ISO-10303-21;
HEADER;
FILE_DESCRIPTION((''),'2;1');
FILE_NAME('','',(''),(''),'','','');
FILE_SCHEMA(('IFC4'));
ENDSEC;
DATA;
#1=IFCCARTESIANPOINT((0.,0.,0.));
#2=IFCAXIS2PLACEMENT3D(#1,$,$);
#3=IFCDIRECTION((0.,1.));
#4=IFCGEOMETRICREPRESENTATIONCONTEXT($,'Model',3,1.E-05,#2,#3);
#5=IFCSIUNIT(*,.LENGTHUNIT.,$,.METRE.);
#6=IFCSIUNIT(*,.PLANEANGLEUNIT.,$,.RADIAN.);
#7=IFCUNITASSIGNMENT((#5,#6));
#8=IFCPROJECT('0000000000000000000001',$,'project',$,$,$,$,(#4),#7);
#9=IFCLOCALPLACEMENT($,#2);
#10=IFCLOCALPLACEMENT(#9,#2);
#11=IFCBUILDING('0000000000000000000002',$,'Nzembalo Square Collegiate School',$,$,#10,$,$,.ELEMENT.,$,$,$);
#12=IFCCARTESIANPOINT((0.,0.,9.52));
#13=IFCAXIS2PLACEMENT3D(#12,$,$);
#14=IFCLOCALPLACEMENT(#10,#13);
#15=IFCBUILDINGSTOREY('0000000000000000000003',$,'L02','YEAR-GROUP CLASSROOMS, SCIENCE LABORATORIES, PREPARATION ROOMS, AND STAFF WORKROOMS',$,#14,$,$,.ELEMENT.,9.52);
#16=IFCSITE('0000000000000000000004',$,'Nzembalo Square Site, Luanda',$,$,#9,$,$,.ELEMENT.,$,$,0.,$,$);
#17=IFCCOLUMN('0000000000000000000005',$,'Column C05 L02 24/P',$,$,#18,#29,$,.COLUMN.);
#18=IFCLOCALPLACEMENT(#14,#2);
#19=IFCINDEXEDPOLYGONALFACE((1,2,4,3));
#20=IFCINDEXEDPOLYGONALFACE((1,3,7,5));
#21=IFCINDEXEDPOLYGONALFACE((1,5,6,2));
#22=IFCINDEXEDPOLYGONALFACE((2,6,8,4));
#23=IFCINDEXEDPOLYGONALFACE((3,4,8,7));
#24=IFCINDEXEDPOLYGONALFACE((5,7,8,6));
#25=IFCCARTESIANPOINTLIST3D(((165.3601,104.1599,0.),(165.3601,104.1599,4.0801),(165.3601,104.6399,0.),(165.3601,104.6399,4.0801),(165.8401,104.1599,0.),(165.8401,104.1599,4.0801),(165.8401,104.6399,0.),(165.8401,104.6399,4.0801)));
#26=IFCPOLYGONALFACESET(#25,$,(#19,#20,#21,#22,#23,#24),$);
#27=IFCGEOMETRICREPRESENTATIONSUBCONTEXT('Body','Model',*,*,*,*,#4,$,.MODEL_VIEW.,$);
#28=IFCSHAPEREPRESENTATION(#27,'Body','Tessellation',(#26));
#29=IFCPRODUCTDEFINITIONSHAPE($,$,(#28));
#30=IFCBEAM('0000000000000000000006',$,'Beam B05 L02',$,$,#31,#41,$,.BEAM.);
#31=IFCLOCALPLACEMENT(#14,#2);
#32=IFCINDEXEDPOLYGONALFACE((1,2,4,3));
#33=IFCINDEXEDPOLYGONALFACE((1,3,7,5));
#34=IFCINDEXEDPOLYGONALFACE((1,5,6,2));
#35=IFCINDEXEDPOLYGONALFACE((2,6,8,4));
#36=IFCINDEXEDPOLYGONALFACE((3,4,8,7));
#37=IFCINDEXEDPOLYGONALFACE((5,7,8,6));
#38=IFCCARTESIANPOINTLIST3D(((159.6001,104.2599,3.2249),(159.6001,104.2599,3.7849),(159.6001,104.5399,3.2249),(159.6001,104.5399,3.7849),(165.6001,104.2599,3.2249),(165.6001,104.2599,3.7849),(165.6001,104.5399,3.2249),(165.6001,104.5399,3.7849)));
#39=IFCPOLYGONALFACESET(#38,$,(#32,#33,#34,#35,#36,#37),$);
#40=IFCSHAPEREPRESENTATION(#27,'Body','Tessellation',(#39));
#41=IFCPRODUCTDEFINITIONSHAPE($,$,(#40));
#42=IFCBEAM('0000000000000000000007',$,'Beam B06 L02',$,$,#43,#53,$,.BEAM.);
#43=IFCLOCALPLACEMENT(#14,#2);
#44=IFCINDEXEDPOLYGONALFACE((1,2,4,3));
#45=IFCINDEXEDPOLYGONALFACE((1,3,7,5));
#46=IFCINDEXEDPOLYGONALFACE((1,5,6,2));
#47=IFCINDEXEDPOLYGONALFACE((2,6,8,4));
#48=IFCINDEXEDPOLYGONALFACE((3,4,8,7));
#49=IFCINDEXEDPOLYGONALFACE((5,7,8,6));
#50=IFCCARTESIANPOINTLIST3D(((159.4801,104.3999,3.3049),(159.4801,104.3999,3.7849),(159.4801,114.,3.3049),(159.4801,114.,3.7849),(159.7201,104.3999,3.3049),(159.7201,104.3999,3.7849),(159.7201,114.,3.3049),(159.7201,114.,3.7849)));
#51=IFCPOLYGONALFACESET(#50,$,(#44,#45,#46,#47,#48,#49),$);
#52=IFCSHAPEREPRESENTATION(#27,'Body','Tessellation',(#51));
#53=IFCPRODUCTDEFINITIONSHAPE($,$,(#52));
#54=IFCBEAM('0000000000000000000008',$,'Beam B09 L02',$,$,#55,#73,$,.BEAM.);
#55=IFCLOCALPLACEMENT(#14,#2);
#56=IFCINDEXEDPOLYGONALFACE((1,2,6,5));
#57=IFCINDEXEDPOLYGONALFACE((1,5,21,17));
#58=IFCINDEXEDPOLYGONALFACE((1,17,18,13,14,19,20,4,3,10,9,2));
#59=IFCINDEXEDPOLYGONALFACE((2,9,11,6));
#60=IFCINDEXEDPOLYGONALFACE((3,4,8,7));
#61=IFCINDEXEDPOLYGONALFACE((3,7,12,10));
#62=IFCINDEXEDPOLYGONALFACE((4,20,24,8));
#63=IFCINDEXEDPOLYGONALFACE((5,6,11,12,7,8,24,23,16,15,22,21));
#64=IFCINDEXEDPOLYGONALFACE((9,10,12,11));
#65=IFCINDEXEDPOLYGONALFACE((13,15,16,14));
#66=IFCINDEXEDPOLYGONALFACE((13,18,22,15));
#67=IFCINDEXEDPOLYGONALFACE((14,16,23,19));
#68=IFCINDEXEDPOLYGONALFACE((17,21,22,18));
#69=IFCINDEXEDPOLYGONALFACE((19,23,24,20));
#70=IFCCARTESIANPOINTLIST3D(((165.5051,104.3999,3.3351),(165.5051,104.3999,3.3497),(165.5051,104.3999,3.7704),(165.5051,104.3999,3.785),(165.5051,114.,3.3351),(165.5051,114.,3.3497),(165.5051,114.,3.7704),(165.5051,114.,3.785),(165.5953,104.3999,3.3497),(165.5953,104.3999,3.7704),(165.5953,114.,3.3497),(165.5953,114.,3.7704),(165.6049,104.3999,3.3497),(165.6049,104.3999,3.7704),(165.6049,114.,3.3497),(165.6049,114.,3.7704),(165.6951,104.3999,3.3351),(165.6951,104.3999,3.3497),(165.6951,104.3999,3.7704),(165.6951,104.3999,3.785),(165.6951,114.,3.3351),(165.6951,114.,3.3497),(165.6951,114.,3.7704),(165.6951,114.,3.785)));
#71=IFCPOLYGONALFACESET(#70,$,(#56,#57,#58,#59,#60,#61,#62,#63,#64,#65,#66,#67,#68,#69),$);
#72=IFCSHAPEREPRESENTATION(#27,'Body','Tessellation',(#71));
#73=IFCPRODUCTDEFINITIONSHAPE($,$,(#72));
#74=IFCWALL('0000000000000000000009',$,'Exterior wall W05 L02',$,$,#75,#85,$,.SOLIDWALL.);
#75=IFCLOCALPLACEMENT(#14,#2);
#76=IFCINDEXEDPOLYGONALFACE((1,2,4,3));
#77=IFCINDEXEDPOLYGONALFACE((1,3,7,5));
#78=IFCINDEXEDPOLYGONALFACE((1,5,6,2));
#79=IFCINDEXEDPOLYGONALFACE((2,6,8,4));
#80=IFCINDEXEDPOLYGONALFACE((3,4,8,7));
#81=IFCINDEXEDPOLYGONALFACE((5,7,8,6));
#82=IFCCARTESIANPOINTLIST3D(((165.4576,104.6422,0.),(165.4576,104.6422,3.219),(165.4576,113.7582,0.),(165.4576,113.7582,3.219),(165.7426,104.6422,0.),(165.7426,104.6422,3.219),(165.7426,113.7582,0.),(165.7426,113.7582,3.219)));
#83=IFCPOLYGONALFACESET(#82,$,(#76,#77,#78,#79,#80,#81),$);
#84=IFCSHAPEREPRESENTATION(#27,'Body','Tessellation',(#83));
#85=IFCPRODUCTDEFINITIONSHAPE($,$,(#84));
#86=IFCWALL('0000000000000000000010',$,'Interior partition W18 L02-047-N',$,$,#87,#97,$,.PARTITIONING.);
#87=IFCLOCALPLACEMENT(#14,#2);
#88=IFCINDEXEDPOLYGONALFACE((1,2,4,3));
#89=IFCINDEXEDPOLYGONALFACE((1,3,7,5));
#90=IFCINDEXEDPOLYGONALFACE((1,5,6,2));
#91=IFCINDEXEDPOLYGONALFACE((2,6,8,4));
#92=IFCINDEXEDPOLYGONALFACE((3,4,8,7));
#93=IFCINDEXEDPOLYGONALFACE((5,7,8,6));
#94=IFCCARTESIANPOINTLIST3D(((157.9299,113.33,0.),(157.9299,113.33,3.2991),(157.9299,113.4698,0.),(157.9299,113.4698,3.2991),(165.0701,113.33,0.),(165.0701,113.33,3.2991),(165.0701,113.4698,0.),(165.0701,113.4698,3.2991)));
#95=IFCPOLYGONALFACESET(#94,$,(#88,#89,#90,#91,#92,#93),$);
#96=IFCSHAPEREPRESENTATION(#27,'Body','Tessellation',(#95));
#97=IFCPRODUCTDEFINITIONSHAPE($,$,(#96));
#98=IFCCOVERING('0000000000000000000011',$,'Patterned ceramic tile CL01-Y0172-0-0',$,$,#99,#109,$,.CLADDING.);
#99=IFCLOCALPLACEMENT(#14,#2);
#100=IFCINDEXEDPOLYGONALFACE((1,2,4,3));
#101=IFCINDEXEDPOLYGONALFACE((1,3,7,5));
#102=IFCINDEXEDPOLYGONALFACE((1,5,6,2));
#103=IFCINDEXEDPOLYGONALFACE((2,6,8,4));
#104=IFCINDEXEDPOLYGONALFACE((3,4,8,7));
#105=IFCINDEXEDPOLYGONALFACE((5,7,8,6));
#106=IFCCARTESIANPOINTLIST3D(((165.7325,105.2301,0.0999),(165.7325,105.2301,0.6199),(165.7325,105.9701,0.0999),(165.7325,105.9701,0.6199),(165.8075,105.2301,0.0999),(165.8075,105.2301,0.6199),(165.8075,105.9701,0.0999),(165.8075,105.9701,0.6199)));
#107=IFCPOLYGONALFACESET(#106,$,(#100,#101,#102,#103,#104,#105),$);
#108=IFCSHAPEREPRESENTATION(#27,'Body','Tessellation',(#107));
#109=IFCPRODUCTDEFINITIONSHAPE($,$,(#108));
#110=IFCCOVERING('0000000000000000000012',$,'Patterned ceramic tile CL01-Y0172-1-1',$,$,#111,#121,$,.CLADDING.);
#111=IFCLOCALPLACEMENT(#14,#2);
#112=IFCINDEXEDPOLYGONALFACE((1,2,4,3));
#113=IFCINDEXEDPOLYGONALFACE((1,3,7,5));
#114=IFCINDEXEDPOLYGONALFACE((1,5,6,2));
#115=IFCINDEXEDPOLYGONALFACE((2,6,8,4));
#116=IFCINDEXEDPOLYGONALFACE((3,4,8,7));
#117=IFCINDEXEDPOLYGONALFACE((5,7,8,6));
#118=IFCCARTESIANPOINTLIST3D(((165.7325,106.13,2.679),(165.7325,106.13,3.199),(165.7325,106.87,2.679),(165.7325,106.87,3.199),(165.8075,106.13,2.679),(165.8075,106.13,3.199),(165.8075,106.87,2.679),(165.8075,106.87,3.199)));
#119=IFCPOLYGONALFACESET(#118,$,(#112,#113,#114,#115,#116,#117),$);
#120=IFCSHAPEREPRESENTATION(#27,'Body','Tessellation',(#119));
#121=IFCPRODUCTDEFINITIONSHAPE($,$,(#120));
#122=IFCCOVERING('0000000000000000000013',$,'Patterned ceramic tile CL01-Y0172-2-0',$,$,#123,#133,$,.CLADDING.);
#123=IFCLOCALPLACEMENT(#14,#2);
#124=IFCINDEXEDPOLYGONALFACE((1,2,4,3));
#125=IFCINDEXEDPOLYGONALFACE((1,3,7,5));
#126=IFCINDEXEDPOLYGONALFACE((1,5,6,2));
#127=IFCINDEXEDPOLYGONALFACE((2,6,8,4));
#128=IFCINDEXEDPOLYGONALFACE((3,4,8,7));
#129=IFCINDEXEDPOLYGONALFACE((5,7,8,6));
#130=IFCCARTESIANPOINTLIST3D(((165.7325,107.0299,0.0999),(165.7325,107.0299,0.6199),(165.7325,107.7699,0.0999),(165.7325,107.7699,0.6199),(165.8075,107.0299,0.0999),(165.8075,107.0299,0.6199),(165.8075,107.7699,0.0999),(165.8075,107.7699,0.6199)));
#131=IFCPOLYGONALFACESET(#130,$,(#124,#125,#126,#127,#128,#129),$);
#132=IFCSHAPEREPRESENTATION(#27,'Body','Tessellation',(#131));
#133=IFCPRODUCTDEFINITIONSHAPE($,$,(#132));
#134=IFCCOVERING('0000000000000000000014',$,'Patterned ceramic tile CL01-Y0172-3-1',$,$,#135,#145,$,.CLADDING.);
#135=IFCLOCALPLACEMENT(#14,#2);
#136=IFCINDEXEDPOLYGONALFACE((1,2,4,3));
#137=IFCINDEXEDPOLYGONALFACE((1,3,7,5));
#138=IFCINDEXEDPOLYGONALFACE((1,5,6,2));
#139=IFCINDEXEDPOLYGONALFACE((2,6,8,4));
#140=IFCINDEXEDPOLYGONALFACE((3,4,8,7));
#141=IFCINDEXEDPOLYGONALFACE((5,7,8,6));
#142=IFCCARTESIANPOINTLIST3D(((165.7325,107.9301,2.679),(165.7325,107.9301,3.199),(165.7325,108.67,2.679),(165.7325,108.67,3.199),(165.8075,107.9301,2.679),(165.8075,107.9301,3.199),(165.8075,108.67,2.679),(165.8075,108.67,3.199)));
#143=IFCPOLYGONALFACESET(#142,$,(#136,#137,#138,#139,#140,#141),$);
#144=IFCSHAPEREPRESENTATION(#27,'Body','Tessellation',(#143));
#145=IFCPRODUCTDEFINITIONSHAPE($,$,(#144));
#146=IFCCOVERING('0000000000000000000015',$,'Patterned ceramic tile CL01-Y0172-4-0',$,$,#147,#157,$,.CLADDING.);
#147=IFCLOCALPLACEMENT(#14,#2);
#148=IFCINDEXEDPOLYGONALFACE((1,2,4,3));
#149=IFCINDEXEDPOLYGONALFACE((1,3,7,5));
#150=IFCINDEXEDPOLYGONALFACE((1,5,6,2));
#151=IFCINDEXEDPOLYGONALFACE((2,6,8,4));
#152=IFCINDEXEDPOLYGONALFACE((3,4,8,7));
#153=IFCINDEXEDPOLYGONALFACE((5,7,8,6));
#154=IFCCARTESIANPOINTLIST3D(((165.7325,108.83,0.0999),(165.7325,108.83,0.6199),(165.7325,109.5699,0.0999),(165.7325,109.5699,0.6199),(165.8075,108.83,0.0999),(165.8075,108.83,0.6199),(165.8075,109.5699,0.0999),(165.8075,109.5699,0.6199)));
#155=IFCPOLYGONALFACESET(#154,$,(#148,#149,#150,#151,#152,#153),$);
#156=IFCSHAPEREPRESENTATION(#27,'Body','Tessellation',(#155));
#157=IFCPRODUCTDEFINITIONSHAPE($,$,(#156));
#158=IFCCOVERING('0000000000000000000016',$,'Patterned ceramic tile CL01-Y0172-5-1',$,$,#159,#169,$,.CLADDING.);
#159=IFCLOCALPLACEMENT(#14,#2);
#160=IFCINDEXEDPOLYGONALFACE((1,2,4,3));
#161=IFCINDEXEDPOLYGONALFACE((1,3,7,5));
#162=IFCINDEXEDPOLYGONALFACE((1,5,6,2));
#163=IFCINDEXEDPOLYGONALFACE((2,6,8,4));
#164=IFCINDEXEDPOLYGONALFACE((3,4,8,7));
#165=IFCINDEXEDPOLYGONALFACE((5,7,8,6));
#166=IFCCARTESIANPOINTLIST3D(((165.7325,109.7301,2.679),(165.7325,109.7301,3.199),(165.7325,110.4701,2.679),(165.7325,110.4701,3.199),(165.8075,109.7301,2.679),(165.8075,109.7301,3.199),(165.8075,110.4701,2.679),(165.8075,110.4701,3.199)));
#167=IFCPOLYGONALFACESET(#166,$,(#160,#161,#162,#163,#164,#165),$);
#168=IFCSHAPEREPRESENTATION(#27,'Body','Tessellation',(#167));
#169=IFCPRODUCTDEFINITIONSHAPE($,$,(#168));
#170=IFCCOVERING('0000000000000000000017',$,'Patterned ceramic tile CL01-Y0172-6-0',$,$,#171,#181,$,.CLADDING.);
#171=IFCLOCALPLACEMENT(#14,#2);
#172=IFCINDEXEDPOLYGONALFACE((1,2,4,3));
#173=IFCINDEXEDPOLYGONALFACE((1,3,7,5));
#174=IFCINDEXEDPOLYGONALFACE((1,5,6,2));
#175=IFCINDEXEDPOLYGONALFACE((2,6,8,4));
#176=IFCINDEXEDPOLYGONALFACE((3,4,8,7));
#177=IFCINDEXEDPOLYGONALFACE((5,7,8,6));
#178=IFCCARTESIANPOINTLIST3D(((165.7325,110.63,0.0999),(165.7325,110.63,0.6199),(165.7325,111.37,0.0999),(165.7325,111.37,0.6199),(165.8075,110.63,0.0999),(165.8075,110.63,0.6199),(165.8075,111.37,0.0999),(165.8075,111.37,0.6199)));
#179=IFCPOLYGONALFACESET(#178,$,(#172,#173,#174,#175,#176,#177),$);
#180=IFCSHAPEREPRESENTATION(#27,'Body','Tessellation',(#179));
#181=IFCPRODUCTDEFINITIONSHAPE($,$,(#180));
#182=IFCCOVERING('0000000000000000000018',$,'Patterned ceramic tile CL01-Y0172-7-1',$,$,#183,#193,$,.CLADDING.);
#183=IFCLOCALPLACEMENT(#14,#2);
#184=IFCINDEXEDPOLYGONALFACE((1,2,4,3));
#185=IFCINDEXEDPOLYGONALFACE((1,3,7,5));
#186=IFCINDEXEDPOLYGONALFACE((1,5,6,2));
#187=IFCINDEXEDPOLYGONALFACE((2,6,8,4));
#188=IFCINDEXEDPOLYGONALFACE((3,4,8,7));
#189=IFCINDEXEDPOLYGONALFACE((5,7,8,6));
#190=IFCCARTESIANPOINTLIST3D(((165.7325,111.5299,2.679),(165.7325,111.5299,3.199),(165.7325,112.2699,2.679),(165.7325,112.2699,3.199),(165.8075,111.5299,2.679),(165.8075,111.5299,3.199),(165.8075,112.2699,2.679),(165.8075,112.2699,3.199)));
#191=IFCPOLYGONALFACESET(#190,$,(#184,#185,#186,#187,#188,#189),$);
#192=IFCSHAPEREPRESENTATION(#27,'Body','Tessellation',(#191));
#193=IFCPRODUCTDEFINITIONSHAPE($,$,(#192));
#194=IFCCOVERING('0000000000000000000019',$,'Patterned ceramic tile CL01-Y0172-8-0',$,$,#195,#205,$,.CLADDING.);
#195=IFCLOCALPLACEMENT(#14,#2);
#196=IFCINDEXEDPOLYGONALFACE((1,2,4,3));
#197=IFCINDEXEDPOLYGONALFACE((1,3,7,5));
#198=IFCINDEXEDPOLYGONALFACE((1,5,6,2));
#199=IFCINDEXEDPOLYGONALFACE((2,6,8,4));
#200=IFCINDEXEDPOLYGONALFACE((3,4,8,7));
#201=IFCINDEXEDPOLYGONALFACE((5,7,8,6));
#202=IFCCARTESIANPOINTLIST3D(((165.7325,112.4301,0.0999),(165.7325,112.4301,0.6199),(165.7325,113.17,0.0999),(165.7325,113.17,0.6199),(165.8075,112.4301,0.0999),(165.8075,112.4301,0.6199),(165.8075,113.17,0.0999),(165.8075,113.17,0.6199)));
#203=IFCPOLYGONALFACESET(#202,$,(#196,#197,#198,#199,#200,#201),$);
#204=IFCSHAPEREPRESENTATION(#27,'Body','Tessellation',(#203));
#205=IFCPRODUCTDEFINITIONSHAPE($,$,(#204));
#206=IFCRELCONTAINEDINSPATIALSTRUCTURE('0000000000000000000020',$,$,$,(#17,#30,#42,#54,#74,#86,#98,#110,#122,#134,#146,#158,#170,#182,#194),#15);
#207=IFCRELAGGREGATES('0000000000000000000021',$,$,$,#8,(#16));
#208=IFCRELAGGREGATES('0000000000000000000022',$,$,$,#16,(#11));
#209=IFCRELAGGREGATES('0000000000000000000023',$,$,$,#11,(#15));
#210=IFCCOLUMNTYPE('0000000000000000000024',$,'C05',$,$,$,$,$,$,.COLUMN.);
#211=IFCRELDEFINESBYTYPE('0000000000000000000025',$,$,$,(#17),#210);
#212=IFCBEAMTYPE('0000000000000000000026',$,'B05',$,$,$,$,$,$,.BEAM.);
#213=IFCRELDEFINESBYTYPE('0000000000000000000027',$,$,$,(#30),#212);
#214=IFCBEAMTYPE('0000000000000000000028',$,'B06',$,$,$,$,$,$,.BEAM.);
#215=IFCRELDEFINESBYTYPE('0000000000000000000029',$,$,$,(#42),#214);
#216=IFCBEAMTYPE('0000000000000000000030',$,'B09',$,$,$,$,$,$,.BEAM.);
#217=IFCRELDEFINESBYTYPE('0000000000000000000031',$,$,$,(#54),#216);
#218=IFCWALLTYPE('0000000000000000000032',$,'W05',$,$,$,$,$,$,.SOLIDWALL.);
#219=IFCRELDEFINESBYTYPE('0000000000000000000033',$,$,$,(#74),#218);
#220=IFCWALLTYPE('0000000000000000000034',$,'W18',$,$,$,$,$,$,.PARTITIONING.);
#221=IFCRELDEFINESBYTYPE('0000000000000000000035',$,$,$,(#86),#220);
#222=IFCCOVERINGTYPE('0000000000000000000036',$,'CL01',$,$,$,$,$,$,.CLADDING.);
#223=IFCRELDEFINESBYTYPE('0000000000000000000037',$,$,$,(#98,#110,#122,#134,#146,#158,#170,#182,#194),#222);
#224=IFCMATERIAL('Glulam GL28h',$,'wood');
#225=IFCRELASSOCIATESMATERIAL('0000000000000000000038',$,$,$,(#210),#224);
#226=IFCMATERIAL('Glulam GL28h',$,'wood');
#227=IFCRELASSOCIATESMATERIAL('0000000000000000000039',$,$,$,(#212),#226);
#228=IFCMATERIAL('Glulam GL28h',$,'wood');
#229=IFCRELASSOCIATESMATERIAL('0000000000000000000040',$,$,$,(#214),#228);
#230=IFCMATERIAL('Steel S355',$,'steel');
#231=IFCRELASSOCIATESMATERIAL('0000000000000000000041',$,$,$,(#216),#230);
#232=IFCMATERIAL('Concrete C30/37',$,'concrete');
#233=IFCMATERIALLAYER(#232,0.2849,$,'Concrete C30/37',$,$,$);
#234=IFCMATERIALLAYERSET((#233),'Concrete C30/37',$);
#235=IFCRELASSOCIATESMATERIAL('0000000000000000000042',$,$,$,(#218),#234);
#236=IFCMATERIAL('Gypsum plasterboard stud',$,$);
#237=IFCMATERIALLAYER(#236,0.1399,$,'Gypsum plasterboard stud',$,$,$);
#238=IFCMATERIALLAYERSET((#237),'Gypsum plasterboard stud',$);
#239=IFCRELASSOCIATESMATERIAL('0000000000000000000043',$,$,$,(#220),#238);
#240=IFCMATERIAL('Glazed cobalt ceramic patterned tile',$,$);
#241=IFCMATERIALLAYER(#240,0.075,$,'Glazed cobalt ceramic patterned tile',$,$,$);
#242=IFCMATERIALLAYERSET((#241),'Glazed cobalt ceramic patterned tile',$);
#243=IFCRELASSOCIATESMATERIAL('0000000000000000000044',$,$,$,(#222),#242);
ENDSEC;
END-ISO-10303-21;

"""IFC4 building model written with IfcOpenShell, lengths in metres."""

from ifc_helpers import new_model, si_unit, direction, frame, frame_2d, origin, origin_2d, place, context, subcontext, project, spatial, rectangle, i_section, extrude, material, layer, layer_set, material_profile, profile_set, type_object, element, save


model = new_model("IFC4")

# Units and contexts
model_context = context("Model", 3, precision=1e-05, world=origin(), true_north=direction((0.0, 1.0)))
body_context = subcontext(model_context, "Body", "Model", "MODEL_VIEW")
ifc_project = project(units=[si_unit("LENGTHUNIT", "METRE"), si_unit("PLANEANGLEUNIT", "RADIAN")], contexts=[model_context])

# Site, building, storey
site_placement = place(None, origin())
site = spatial("IfcSite", under=ifc_project, at=site_placement, Name="Nzembalo Square Site, Luanda", CompositionType="ELEMENT", RefElevation=0.0)
building_placement = place(site_placement, origin())
building = spatial("IfcBuilding", under=site, at=building_placement, Name="Nzembalo Square Collegiate School", CompositionType="ELEMENT")
storey_placement = place(building_placement, frame((0.0, 0.0, 9.52)))
storey = spatial("IfcBuildingStorey", under=building, at=storey_placement, Name="L02", Description="YEAR-GROUP CLASSROOMS, SCIENCE LABORATORIES, PREPARATION ROOMS, AND STAFF WORKROOMS", CompositionType="ELEMENT", Elevation=9.52)

# Column
ifc_material_1 = material(Name="Glulam GL28h", Category="wood")
ifc_material_profile_1 = material_profile(ifc_material_1, rectangle(XDim=0.48, YDim=0.48, at=origin_2d()), Name="GL28h 480x480")
ifc_profile_set_1 = profile_set([ifc_material_profile_1], Name="Glulam GL28h")
column_type = type_object("IfcColumnType", Name="C05", PredefinedType="COLUMN", material=ifc_profile_set_1)
column_placement = place(storey_placement, frame((165.6001, 104.3999, 0.0), z_axis=(0.0, 0.0, 1.0), x_axis=(1.0, 0.0, 0.0)))
element("IfcColumn", 1, at=column_placement, inside=storey, type_object=column_type, Name="Column C05 L02 24/P", PredefinedType="COLUMN", context=body_context, shape_type="SweptSolid", body=[
    extrude(rectangle(XDim=0.48, YDim=0.48, at=origin_2d()), origin(), (0.0, 0.0, 1.0), 4.0801),
])

# Beams
ifc_material_2 = material(Name="Glulam GL28h", Category="wood")
ifc_material_profile_2 = material_profile(ifc_material_2, rectangle(XDim=0.28, YDim=0.5601, at=origin_2d()), Name="GL28h 280x560")
ifc_profile_set_2 = profile_set([ifc_material_profile_2], Name="Glulam GL28h")
beam_type_1 = type_object("IfcBeamType", Name="B05", PredefinedType="BEAM", material=ifc_profile_set_2)
beam_1_placement = place(storey_placement, frame((159.6001, 104.3999, 3.5049), z_axis=(1.0, 0.0, 0.0), x_axis=(0.0, 1.0, 0.0)))
element("IfcBeam", 2, at=beam_1_placement, inside=storey, type_object=beam_type_1, Name="Beam B05 L02", PredefinedType="BEAM", context=body_context, shape_type="SweptSolid", body=[
    extrude(rectangle(XDim=0.28, YDim=0.5601, at=origin_2d()), origin(), (0.0, 0.0, 1.0), 6.0),
])
ifc_material_3 = material(Name="Glulam GL28h", Category="wood")
ifc_material_profile_3 = material_profile(ifc_material_3, rectangle(XDim=0.24, YDim=0.48, at=origin_2d()), Name="GL28h 240x480")
ifc_profile_set_3 = profile_set([ifc_material_profile_3], Name="Glulam GL28h")
beam_type_2 = type_object("IfcBeamType", Name="B06", PredefinedType="BEAM", material=ifc_profile_set_3)
beam_2_placement = place(storey_placement, frame((159.6001, 104.3999, 3.5449), z_axis=(0.0, 1.0, 0.0), x_axis=(-1.0, 0.0, 0.0)))
element("IfcBeam", 3, at=beam_2_placement, inside=storey, type_object=beam_type_2, Name="Beam B06 L02", PredefinedType="BEAM", context=body_context, shape_type="SweptSolid", body=[
    extrude(rectangle(XDim=0.24, YDim=0.48, at=origin_2d()), origin(), (0.0, 0.0, 1.0), 9.6001),
])
ifc_material_4 = material(Name="Steel S355", Category="steel")
ifc_material_profile_4 = material_profile(ifc_material_4, i_section(OverallWidth=0.1899, OverallDepth=0.45, WebThickness=0.0095, FlangeThickness=0.0146, at=origin_2d()), Name="IPE 450")
ifc_profile_set_4 = profile_set([ifc_material_profile_4], Name="Steel S355")
beam_type_3 = type_object("IfcBeamType", Name="B09", PredefinedType="BEAM", material=ifc_profile_set_4)
beam_3_placement = place(storey_placement, frame((165.6001, 104.3999, 3.5601), z_axis=(0.0, 1.0, 0.0), x_axis=(-1.0, 0.0, 0.0)))
element("IfcBeam", 4, at=beam_3_placement, inside=storey, type_object=beam_type_3, Name="Beam B09 L02", PredefinedType="BEAM", context=body_context, shape_type="SweptSolid", body=[
    extrude(i_section(OverallWidth=0.1899, OverallDepth=0.45, WebThickness=0.0095, FlangeThickness=0.0146, at=origin_2d()), origin(), (0.0, 0.0, 1.0), 9.6001),
])

# Walls
ifc_material_5 = material(Name="Concrete C30/37", Category="concrete")
ifc_layer_1 = layer(ifc_material_5, 0.2849, Name="Concrete C30/37")
ifc_layer_set_1 = layer_set([ifc_layer_1], Name="Concrete C30/37")
wall_type_1 = type_object("IfcWallType", Name="W05", PredefinedType="SOLIDWALL", material=ifc_layer_set_1)
wall_1_placement = place(storey_placement, frame((165.6001, 104.6421, 0.0), z_axis=(0.0, 0.0, 1.0), x_axis=(0.0, 1.0, 0.0)))
element("IfcWall", 5, at=wall_1_placement, inside=storey, type_object=wall_type_1, Name="Exterior wall W05 L02", PredefinedType="SOLIDWALL", context=body_context, shape_type="SweptSolid", body=[
    extrude(rectangle(XDim=9.116, YDim=0.2849, at=frame_2d((4.5581, 0.0))), origin(), (0.0, 0.0, 1.0), 3.219),
])
ifc_material_6 = material(Name="Gypsum plasterboard stud")
ifc_layer_2 = layer(ifc_material_6, 0.1399, Name="Gypsum plasterboard stud")
ifc_layer_set_2 = layer_set([ifc_layer_2], Name="Gypsum plasterboard stud")
wall_type_2 = type_object("IfcWallType", Name="W18", PredefinedType="PARTITIONING", material=ifc_layer_set_2)
wall_2_placement = place(storey_placement, frame((157.9299, 113.3999, 0.0), z_axis=(0.0, 0.0, 1.0), x_axis=(1.0, 0.0, 0.0)))
element("IfcWall", 6, at=wall_2_placement, inside=storey, type_object=wall_type_2, Name="Interior partition W18 L02-047-N", PredefinedType="PARTITIONING", context=body_context, shape_type="SweptSolid", body=[
    extrude(rectangle(XDim=7.1401, YDim=0.1399, at=frame_2d((3.5701, 0.0))), origin(), (0.0, 0.0, 1.0), 3.2991),
])

# Coverings
ifc_material_7 = material(Name="Glazed cobalt ceramic patterned tile")
ifc_layer_3 = layer(ifc_material_7, 0.075, Name="Glazed cobalt ceramic patterned tile")
ifc_layer_set_3 = layer_set([ifc_layer_3], Name="Glazed cobalt ceramic patterned tile")
covering_type_1 = type_object("IfcCoveringType", Name="CL01", PredefinedType="CLADDING", material=ifc_layer_set_3)
for number, where, z_axis, x_axis, name in (
    (7, (165.77, 105.6001, 0.0999), (0.0, 0.0, 1.0), (1.0, 0.0, 0.0), "Patterned ceramic tile CL01-Y0172-0-0"),
    (8, (165.77, 106.5, 2.679), (0.0, 0.0, 1.0), (1.0, 0.0, 0.0), "Patterned ceramic tile CL01-Y0172-1-1"),
    (9, (165.77, 107.3999, 0.0999), (0.0, 0.0, 1.0), (1.0, 0.0, 0.0), "Patterned ceramic tile CL01-Y0172-2-0"),
    (10, (165.77, 108.3, 2.679), (0.0, 0.0, 1.0), (1.0, 0.0, 0.0), "Patterned ceramic tile CL01-Y0172-3-1"),
    (11, (165.77, 109.2, 0.0999), (0.0, 0.0, 1.0), (1.0, 0.0, 0.0), "Patterned ceramic tile CL01-Y0172-4-0"),
    (12, (165.77, 110.1001, 2.679), (0.0, 0.0, 1.0), (1.0, 0.0, 0.0), "Patterned ceramic tile CL01-Y0172-5-1"),
    (13, (165.77, 111.0, 0.0999), (0.0, 0.0, 1.0), (1.0, 0.0, 0.0), "Patterned ceramic tile CL01-Y0172-6-0"),
    (14, (165.77, 111.8999, 2.679), (0.0, 0.0, 1.0), (1.0, 0.0, 0.0), "Patterned ceramic tile CL01-Y0172-7-1"),
    (15, (165.77, 112.8, 0.0999), (0.0, 0.0, 1.0), (1.0, 0.0, 0.0), "Patterned ceramic tile CL01-Y0172-8-0"),
):
    element("IfcCovering", number, at=place(storey_placement, frame(where, z_axis=z_axis, x_axis=x_axis)), inside=storey, type_object=covering_type_1, Name=name, PredefinedType="CLADDING", context=body_context, shape_type="SweptSolid", body=[
        extrude(rectangle(XDim=0.075, YDim=0.74, at=origin_2d()), origin(), (0.0, 0.0, 1.0), 0.52),
    ])

save(model, "model.ifc")
